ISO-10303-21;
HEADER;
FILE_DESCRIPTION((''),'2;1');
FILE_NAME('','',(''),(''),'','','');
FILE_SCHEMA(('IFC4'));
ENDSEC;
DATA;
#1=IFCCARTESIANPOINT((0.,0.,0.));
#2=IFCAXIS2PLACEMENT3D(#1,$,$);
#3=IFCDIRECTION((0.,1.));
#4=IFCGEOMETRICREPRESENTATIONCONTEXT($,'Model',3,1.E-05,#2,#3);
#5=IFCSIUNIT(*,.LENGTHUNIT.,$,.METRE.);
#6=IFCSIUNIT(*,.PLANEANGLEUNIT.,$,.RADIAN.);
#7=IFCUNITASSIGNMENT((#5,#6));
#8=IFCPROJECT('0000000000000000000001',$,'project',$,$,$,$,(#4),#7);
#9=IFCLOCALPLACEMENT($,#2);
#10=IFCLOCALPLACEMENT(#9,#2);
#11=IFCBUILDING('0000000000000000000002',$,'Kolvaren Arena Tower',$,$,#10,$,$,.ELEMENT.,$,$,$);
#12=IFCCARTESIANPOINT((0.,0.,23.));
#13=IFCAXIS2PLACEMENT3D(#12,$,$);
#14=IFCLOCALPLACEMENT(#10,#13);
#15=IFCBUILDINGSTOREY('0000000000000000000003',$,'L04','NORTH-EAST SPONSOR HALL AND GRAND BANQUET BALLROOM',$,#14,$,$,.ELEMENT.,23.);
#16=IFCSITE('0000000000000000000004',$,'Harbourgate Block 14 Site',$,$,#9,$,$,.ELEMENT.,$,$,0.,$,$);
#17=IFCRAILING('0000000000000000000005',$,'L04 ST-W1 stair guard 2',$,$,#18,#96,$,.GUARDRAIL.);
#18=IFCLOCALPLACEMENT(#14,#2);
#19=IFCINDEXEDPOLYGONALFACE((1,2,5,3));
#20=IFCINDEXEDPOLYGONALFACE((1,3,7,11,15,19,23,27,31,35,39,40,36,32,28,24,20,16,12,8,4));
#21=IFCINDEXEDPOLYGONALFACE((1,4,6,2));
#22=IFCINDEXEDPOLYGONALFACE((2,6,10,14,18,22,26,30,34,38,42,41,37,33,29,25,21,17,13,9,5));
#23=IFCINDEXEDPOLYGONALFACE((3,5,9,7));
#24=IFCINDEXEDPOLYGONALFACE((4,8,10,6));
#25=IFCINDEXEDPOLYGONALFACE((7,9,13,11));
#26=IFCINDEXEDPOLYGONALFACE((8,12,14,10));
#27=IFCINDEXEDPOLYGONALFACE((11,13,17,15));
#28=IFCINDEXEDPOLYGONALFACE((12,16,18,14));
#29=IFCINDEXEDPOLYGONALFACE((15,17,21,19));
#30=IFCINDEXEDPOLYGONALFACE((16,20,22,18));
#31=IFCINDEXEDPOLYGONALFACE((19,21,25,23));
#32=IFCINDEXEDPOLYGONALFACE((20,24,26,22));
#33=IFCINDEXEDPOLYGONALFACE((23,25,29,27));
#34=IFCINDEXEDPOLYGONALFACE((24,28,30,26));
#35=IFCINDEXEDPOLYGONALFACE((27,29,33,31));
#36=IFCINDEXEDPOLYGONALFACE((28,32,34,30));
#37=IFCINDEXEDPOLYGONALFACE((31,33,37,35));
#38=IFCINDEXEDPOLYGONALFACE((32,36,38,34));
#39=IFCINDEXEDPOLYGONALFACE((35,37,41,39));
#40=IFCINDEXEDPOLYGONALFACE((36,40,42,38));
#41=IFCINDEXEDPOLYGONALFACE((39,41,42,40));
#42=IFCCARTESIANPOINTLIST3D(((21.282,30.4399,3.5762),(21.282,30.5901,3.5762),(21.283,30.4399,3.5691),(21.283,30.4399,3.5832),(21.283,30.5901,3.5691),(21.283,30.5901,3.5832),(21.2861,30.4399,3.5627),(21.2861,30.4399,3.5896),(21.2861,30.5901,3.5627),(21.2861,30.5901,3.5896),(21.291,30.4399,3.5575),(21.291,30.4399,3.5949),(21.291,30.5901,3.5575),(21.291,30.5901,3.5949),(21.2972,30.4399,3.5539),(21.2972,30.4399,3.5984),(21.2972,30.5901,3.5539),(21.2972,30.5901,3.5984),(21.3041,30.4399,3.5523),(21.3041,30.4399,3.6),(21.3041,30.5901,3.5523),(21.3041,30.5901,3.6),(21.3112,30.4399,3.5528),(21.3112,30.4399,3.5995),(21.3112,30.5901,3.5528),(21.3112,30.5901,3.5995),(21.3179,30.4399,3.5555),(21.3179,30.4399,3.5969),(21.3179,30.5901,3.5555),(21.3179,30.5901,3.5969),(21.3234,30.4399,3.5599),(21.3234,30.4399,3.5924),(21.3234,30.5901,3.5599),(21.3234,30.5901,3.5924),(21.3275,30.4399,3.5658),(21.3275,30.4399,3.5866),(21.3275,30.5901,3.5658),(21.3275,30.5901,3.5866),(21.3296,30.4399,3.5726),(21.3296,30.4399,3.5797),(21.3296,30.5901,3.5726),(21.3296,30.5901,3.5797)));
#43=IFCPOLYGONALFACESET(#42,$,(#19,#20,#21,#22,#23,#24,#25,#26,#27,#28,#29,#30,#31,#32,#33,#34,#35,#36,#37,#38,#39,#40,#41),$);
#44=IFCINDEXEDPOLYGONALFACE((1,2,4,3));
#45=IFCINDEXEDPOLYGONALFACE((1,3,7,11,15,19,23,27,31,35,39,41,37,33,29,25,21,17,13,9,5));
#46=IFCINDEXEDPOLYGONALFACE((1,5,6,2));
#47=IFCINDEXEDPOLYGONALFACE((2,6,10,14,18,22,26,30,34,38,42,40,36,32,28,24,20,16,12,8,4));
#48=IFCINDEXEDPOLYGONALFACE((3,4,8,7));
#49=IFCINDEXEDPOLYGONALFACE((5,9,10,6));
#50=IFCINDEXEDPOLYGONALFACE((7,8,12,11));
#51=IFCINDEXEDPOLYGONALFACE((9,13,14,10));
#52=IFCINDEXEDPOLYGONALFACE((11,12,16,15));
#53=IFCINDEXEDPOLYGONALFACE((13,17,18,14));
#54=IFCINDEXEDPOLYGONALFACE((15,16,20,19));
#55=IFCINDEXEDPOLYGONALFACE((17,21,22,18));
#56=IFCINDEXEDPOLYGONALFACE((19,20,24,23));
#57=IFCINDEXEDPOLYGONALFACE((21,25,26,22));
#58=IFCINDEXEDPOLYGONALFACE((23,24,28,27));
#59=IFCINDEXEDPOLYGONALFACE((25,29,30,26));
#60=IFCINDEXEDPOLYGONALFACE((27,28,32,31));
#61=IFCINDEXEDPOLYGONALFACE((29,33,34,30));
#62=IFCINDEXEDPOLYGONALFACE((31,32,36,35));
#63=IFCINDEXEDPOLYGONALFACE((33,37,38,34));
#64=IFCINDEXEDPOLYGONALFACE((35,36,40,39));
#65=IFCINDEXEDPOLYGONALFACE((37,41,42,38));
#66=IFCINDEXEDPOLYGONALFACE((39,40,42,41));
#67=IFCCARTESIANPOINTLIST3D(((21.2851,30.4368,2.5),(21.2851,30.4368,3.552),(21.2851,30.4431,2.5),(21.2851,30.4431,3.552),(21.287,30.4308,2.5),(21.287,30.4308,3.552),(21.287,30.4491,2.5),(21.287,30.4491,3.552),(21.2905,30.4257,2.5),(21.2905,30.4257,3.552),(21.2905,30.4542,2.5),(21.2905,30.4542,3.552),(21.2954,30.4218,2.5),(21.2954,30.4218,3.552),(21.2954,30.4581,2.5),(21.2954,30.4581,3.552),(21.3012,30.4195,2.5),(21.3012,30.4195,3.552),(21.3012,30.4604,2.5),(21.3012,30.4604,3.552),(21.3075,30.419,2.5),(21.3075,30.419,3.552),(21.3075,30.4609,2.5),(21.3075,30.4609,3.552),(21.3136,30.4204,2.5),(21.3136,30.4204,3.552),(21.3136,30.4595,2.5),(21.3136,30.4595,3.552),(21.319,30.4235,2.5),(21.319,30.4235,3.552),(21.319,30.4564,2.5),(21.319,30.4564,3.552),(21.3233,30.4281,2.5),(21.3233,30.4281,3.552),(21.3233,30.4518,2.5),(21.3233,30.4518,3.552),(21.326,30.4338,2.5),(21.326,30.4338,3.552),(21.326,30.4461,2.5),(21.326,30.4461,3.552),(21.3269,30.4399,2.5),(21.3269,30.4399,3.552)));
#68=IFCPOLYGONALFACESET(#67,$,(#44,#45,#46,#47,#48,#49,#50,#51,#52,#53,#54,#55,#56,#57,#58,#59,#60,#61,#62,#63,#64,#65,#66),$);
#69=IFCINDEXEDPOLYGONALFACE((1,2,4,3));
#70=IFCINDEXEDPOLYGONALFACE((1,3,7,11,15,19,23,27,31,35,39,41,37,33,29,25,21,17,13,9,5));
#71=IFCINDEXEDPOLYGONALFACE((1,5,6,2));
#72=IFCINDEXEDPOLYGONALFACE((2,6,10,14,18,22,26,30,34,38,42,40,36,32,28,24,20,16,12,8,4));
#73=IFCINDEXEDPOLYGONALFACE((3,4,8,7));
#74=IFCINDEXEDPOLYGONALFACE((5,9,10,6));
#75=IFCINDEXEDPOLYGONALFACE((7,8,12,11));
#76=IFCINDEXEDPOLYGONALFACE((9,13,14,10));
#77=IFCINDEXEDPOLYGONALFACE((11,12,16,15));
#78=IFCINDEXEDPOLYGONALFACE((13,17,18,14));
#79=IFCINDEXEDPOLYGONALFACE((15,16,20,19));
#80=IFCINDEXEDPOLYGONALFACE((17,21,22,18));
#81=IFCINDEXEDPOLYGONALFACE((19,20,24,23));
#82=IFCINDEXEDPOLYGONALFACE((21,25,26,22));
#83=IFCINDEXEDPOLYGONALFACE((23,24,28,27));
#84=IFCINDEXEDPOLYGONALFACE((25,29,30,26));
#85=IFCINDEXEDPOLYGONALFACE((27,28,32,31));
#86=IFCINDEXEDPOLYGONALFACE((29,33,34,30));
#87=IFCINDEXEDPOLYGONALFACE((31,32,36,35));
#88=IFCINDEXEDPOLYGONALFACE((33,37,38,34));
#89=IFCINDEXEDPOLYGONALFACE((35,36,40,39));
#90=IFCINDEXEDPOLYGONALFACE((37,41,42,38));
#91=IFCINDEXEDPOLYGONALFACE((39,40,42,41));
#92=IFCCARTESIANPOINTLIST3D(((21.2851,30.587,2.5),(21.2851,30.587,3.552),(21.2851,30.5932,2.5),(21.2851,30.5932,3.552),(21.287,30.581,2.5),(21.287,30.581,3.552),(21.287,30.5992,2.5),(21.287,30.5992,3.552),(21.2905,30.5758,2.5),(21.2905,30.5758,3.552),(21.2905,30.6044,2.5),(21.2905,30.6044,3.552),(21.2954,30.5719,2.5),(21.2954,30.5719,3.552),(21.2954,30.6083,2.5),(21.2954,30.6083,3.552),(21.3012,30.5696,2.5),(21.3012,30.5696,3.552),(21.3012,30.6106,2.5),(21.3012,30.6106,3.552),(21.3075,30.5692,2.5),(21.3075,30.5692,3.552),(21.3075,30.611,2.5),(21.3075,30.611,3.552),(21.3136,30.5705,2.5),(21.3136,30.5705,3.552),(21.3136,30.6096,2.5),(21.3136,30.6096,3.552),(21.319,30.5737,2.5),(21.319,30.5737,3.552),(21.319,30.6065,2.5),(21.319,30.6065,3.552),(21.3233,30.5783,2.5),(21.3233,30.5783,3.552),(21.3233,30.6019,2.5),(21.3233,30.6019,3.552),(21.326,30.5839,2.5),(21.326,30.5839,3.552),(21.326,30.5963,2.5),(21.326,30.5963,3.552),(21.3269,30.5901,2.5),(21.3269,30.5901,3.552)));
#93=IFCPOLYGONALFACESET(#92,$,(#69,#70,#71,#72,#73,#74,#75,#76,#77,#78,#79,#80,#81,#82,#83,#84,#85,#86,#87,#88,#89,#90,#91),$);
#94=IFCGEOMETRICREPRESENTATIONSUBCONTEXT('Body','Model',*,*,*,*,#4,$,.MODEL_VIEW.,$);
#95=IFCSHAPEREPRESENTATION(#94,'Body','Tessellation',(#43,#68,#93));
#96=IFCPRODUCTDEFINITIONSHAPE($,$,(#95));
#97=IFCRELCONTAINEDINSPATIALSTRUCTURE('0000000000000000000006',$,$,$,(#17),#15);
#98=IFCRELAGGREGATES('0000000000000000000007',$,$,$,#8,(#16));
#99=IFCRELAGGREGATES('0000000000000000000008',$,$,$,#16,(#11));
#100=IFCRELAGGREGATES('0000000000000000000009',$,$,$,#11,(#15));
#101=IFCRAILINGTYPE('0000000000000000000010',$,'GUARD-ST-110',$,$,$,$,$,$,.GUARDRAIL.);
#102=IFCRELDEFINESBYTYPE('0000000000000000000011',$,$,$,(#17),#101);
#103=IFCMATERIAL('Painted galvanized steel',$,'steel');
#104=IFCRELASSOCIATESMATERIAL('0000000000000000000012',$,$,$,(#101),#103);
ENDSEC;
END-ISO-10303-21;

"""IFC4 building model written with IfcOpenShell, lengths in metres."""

from ifc_helpers import new_model, si_unit, direction, frame, origin, origin_2d, place, context, subcontext, project, spatial, circle, extrude, material, type_object, element, save


model = new_model("IFC4")

# Units and contexts
model_context = context("Model", 3, precision=1e-05, world=origin(), true_north=direction((0.0, 1.0)))
body_context = subcontext(model_context, "Body", "Model", "MODEL_VIEW")
ifc_project = project(units=[si_unit("LENGTHUNIT", "METRE"), si_unit("PLANEANGLEUNIT", "RADIAN")], contexts=[model_context])

# Site, building, storey
site_placement = place(None, origin())
site = spatial("IfcSite", under=ifc_project, at=site_placement, Name="Harbourgate Block 14 Site", CompositionType="ELEMENT", RefElevation=0.0)
building_placement = place(site_placement, origin())
building = spatial("IfcBuilding", under=site, at=building_placement, Name="Kolvaren Arena Tower", CompositionType="ELEMENT")
storey_placement = place(building_placement, frame((0.0, 0.0, 23.0)))
storey = spatial("IfcBuildingStorey", under=building, at=storey_placement, Name="L04", Description="NORTH-EAST SPONSOR HALL AND GRAND BANQUET BALLROOM", CompositionType="ELEMENT", Elevation=23.0)

# Railing
ifc_material_1 = material(Name="Painted galvanized steel", Category="steel")
railing_type_1 = type_object("IfcRailingType", Name="GUARD-ST-110", PredefinedType="GUARDRAIL", material=ifc_material_1)
railing_1_placement = place(storey_placement, frame((21.3059, 30.4399, 2.5)))
element("IfcRailing", 1, at=railing_1_placement, inside=storey, type_object=railing_type_1, Name="L04 ST-W1 stair guard 2", PredefinedType="GUARDRAIL", context=body_context, shape_type="SweptSolid", body=[
    extrude(circle(Radius=0.0239, at=origin_2d()), frame((0.0, 0.0, 1.0762), z_axis=(0.0, 1.0, 0.0), x_axis=(-1.0, 0.0, 0.0)), (0.0, 0.0, 1.0), 0.1501),
    extrude(circle(Radius=0.021, at=origin_2d()), origin(), (0.0, 0.0, 1.0), 1.052),
    extrude(circle(Radius=0.021, at=origin_2d()), frame((0.0, 0.1501, 0.0)), (0.0, 0.0, 1.0), 1.052),
])

save(model, "model.ifc")
